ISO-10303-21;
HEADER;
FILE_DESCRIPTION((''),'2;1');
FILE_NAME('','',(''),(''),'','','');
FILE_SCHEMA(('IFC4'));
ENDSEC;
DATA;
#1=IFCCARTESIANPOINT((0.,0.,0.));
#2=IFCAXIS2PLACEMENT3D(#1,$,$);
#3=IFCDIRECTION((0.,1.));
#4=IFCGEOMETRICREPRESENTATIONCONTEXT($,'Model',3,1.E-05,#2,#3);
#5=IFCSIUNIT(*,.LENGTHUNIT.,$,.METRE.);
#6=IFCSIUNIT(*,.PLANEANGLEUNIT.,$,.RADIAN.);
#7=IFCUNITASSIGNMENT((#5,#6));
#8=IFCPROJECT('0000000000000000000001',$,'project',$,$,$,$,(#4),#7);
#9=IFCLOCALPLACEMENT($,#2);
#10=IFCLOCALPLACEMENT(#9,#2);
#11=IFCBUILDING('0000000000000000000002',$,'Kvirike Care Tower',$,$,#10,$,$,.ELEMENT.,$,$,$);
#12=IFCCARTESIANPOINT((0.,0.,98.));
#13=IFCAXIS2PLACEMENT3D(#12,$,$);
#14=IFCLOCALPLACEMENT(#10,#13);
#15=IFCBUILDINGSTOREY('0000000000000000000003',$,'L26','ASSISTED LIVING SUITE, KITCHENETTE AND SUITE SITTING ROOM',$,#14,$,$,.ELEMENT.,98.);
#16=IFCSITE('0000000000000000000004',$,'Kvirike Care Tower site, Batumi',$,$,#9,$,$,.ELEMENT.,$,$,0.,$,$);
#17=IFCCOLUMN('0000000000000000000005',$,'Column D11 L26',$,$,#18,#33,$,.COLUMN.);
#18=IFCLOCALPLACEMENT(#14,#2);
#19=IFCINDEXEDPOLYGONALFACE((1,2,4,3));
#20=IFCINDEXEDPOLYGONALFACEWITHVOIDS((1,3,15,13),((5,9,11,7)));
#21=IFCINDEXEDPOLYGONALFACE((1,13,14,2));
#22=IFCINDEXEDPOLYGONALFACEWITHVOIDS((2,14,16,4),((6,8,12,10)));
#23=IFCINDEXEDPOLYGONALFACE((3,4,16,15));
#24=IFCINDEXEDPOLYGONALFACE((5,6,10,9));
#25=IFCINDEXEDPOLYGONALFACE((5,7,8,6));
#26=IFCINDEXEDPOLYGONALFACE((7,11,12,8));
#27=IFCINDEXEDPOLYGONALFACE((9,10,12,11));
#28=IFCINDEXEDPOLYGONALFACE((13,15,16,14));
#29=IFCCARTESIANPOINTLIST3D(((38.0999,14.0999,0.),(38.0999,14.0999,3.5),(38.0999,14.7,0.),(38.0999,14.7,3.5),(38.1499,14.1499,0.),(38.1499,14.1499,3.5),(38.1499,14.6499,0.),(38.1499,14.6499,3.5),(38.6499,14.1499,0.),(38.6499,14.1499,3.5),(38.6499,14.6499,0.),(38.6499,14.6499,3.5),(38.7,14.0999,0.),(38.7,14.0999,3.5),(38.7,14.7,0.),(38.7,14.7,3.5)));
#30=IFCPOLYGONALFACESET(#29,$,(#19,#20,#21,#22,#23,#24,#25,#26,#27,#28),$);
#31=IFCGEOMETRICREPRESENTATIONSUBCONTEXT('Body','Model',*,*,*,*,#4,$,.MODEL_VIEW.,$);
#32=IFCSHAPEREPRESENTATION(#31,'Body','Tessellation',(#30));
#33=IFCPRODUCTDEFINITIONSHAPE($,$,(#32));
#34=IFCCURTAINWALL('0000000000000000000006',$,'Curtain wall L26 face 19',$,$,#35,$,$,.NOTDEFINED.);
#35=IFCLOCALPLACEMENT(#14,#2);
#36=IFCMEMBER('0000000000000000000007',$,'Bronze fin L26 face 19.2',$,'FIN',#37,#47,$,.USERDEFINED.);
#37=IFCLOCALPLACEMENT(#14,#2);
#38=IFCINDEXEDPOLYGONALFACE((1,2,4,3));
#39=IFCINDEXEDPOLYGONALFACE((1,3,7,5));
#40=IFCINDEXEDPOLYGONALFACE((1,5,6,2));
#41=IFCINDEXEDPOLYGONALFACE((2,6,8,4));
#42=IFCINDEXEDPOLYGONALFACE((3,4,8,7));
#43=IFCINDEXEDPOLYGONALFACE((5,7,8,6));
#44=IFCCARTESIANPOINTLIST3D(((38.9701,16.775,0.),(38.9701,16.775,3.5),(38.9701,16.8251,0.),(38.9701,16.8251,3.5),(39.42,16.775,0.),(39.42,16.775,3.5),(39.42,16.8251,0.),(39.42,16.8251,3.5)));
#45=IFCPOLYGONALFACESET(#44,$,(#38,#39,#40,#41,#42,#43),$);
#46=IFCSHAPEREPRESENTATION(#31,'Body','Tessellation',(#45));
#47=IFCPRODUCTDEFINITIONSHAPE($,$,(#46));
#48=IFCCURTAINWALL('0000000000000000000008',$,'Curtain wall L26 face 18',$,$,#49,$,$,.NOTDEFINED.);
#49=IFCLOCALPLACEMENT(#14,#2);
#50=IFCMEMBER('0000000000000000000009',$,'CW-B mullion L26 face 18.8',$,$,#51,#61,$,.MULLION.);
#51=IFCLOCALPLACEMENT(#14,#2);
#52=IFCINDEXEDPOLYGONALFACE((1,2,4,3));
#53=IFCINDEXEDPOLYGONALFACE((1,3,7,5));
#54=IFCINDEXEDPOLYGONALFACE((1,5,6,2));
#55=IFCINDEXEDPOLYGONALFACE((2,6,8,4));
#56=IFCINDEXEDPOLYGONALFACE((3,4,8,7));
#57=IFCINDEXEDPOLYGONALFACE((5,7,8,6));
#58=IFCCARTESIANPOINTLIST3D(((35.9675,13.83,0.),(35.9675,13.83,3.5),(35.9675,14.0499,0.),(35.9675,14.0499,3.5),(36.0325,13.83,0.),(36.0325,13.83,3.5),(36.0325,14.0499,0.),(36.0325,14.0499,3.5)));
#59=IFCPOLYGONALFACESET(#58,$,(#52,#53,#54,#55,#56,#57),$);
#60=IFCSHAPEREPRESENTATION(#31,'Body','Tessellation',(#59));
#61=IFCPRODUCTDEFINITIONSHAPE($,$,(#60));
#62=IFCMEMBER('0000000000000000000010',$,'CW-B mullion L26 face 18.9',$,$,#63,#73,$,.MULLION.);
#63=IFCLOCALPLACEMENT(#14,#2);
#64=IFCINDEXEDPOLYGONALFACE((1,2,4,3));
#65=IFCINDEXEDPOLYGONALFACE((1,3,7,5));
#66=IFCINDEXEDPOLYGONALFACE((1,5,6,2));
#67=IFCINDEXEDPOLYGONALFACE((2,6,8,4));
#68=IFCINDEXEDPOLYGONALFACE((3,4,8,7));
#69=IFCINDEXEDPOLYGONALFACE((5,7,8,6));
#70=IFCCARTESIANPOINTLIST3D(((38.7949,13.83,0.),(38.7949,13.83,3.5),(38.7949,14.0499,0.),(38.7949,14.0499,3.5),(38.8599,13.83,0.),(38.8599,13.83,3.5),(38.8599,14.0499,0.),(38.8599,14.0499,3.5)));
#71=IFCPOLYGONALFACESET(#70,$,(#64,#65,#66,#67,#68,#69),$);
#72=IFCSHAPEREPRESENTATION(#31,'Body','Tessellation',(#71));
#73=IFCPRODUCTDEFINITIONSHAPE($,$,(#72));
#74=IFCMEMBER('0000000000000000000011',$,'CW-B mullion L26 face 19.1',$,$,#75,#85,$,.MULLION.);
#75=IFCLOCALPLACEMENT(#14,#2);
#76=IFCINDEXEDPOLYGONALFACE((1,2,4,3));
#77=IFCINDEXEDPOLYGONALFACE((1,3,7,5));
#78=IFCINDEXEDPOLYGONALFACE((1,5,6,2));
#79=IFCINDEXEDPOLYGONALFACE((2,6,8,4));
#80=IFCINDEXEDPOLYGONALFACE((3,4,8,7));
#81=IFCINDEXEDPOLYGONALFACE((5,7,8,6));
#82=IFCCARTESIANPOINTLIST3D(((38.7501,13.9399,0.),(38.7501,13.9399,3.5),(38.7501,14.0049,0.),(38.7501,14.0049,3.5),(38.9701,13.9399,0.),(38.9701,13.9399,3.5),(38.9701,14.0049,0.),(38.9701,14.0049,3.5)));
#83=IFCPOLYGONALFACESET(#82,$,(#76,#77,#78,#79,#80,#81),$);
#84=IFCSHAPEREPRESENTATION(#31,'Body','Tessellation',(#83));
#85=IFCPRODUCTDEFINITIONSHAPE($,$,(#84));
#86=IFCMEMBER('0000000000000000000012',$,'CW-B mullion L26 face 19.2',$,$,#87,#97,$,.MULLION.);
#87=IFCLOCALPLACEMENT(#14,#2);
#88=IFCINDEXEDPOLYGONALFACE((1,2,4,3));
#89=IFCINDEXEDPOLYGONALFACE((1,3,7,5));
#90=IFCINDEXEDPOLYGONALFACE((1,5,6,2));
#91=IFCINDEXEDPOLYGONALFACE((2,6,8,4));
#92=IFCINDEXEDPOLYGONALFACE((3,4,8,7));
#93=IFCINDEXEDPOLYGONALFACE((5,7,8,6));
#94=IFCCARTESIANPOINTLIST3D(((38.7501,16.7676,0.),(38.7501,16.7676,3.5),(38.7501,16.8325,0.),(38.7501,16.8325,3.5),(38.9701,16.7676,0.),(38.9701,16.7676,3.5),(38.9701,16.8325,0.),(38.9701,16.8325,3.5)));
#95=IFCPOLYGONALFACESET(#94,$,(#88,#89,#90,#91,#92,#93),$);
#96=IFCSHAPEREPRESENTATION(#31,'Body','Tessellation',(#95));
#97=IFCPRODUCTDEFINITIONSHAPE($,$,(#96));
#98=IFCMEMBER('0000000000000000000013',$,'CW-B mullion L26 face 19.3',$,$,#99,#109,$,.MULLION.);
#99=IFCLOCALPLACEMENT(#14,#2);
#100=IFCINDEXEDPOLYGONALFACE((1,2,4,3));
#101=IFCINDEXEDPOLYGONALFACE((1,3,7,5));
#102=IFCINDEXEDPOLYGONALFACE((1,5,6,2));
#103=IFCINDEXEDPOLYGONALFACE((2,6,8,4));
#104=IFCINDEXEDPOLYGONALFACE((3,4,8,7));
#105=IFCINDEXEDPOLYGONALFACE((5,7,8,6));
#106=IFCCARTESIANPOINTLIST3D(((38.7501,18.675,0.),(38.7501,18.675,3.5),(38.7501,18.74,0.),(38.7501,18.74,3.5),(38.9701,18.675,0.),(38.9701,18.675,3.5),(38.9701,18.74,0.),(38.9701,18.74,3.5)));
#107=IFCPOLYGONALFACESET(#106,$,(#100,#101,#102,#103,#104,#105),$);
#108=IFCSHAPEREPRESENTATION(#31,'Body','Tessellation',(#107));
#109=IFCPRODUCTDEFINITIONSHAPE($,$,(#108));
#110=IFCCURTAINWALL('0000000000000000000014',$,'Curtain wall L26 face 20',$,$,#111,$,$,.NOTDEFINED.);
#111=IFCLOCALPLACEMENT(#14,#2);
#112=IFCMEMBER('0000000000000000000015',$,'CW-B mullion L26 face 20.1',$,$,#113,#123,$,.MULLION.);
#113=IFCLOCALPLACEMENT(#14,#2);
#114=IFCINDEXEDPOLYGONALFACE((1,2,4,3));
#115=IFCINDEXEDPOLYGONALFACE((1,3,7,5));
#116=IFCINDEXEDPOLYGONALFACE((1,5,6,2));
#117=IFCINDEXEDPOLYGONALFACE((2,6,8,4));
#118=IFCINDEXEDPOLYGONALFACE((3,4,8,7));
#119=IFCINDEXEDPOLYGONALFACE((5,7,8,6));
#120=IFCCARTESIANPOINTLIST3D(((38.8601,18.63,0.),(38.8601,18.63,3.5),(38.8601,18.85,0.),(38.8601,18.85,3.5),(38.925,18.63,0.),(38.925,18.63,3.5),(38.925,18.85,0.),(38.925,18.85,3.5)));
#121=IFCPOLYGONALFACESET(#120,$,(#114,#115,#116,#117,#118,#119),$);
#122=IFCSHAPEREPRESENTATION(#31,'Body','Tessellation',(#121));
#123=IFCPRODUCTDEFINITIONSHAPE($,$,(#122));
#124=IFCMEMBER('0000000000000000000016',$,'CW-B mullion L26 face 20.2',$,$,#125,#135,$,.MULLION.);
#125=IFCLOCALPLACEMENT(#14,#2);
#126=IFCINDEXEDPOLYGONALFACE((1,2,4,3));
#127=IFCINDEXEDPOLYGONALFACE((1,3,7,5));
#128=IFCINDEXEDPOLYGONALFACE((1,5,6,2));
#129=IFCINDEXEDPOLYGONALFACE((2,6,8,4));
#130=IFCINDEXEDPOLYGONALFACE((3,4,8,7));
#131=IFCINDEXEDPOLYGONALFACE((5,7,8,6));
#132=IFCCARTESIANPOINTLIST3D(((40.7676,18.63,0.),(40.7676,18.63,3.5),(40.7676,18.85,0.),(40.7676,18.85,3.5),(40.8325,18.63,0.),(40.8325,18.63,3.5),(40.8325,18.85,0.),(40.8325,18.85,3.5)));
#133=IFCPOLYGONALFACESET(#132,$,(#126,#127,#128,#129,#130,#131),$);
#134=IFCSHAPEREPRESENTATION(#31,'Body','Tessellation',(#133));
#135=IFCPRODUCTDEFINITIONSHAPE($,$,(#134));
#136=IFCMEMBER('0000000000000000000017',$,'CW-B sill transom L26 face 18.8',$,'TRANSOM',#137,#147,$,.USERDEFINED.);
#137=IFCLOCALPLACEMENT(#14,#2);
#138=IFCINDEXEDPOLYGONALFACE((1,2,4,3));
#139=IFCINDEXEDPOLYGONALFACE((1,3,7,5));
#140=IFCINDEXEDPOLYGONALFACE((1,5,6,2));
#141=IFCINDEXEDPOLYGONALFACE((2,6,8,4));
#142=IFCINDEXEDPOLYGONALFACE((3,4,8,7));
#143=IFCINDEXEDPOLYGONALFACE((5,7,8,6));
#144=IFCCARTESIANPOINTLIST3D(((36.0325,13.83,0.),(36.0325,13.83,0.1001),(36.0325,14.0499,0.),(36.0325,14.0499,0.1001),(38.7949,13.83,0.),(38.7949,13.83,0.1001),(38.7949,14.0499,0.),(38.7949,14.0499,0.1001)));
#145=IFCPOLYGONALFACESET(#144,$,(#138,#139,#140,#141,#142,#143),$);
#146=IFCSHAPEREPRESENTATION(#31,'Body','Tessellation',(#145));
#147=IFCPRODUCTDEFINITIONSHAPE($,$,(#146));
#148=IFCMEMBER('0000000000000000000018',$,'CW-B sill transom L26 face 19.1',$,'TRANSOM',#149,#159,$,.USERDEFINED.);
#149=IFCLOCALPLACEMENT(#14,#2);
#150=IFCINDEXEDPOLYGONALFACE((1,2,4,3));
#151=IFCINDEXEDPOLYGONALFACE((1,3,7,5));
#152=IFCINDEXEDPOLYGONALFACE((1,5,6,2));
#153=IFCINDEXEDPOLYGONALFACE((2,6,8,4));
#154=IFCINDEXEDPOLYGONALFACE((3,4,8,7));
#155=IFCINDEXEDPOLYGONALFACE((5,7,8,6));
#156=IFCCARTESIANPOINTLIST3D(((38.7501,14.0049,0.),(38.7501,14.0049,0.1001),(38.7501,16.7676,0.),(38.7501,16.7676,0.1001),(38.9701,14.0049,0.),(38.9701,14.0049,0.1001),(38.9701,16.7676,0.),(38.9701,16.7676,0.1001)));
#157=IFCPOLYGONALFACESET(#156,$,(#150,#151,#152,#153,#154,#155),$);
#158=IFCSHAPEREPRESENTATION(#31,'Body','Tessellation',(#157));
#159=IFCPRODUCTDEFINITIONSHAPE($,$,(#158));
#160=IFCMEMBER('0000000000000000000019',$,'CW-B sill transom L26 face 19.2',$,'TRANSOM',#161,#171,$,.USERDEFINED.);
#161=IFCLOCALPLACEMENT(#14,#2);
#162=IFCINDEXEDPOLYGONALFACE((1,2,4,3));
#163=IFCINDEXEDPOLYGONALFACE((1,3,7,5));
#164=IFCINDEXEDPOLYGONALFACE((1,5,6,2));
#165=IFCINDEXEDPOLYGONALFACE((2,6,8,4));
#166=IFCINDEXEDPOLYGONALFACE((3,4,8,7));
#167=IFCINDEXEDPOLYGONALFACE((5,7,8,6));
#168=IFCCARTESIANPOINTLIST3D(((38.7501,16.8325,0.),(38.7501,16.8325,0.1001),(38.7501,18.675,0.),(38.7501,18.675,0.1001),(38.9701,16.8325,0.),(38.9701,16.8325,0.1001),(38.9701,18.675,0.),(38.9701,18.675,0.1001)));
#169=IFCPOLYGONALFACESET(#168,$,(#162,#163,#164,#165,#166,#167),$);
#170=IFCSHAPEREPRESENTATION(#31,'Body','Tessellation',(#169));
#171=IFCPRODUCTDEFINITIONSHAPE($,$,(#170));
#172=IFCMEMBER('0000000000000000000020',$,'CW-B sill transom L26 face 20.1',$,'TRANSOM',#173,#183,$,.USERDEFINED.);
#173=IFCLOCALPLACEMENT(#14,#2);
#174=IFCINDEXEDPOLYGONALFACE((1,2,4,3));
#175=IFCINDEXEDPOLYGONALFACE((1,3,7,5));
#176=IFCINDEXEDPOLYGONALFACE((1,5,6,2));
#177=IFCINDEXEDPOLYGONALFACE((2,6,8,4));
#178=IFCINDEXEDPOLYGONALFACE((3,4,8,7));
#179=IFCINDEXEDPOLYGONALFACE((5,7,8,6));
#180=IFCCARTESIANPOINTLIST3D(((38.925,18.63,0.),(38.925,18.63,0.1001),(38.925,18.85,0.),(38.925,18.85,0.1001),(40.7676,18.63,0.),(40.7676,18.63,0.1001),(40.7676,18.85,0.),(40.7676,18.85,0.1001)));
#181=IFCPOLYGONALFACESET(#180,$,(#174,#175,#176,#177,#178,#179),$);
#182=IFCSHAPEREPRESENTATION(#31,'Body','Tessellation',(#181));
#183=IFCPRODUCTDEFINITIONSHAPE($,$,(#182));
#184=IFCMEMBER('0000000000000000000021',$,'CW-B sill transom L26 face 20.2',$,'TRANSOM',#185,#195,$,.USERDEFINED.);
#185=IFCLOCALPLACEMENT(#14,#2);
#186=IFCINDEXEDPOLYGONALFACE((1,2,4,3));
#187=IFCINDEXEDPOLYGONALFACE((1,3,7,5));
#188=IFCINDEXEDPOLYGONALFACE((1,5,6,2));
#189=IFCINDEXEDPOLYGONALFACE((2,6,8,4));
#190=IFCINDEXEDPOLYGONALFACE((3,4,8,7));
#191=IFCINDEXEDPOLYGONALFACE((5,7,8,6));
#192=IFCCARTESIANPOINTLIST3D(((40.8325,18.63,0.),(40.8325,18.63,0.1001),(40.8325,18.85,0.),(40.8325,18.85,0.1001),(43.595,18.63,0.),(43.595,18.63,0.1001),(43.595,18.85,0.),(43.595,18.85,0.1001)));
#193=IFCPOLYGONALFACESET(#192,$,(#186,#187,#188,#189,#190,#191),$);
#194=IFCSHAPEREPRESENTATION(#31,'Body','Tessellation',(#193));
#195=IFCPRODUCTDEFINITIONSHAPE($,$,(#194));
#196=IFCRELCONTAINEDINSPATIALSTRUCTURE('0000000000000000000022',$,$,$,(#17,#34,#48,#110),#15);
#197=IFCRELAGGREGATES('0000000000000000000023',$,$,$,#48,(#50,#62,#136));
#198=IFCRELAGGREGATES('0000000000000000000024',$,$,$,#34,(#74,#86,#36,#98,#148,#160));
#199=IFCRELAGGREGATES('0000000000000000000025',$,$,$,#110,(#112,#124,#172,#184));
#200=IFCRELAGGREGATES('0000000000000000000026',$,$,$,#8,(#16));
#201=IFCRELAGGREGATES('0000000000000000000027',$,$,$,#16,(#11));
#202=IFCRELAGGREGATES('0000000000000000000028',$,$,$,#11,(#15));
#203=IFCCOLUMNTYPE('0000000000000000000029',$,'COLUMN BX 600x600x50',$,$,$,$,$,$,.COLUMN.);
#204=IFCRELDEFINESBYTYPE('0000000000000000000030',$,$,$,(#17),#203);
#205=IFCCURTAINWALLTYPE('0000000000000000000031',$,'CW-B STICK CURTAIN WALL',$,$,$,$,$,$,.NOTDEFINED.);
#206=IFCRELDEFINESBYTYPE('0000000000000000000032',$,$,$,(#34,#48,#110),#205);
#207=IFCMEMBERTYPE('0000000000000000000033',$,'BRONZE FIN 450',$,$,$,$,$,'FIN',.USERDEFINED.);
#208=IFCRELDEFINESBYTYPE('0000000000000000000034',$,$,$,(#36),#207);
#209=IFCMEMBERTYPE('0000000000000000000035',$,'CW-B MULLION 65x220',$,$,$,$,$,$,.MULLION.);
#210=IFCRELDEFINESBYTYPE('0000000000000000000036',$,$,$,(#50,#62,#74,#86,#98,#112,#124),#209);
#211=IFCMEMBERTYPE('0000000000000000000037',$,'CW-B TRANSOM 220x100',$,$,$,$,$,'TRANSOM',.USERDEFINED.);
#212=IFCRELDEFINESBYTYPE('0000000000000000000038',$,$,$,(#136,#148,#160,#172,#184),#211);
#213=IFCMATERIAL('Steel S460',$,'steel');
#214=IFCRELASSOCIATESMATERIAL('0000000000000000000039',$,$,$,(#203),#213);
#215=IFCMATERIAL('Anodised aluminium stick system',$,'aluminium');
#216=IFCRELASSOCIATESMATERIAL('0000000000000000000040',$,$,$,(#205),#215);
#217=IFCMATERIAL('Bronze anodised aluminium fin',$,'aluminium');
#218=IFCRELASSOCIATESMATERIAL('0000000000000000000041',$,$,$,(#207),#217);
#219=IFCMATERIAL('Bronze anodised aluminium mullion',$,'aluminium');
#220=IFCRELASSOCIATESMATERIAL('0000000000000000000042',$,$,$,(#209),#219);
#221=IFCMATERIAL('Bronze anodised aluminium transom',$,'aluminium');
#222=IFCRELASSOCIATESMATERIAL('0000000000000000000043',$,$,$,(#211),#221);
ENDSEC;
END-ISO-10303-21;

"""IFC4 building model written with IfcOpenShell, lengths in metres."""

from ifc_helpers import new_model, si_unit, direction, frame, origin, origin_2d, place, context, subcontext, project, spatial, rectangle, hollow_rectangle, extrude, material, material_profile, profile_set, type_object, element, aggregate, save


model = new_model("IFC4")

# Units and contexts
model_context = context("Model", 3, precision=1e-05, world=origin(), true_north=direction((0.0, 1.0)))
body_context = subcontext(model_context, "Body", "Model", "MODEL_VIEW")
ifc_project = project(units=[si_unit("LENGTHUNIT", "METRE"), si_unit("PLANEANGLEUNIT", "RADIAN")], contexts=[model_context])

# Site, building, storey
site_placement = place(None, origin())
site = spatial("IfcSite", under=ifc_project, at=site_placement, Name="Kvirike Care Tower site, Batumi", CompositionType="ELEMENT", RefElevation=0.0)
building_placement = place(site_placement, origin())
building = spatial("IfcBuilding", under=site, at=building_placement, Name="Kvirike Care Tower", CompositionType="ELEMENT")
storey_placement = place(building_placement, frame((0.0, 0.0, 98.0)))
storey = spatial("IfcBuildingStorey", under=building, at=storey_placement, Name="L26", Description="ASSISTED LIVING SUITE, KITCHENETTE AND SUITE SITTING ROOM", CompositionType="ELEMENT", Elevation=98.0)

# Column
ifc_material_1 = material(Name="Steel S460", Category="steel")
ifc_material_profile_1 = material_profile(ifc_material_1, hollow_rectangle(XDim=0.6001, YDim=0.6001, WallThickness=0.05, at=origin_2d()), Name="BX 600x600x50")
ifc_profile_set_1 = profile_set([ifc_material_profile_1], Name="Steel S460")
column_type = type_object("IfcColumnType", Name="COLUMN BX 600x600x50", PredefinedType="COLUMN", material=ifc_profile_set_1)
column_placement = place(storey_placement, frame((38.3999, 14.3999, 0.0), z_axis=(0.0, 0.0, 1.0), x_axis=(0.0, 1.0, 0.0)))
element("IfcColumn", 1, at=column_placement, inside=storey, type_object=column_type, Name="Column D11 L26", PredefinedType="COLUMN", context=body_context, shape_type="SweptSolid", body=[
    extrude(hollow_rectangle(XDim=0.6001, YDim=0.6001, WallThickness=0.05, at=origin_2d()), origin(), (0.0, 0.0, 1.0), 3.5),
])

# Curtain wall, member
ifc_material_2 = material(Name="Anodised aluminium stick system", Category="aluminium")
curtain_wall_type = type_object("IfcCurtainWallType", Name="CW-B STICK CURTAIN WALL", PredefinedType="NOTDEFINED", material=ifc_material_2)
curtain_wall_1_placement = place(storey_placement, origin())
curtain_wall_1 = element("IfcCurtainWall", 2, at=curtain_wall_1_placement, inside=storey, type_object=curtain_wall_type, Name="Curtain wall L26 face 19", PredefinedType="NOTDEFINED")
ifc_material_3 = material(Name="Bronze anodised aluminium fin", Category="aluminium")
ifc_material_profile_2 = material_profile(ifc_material_3, rectangle(XDim=0.05, YDim=0.45, at=origin_2d()), Name="BRONZE FIN 450")
ifc_profile_set_2 = profile_set([ifc_material_profile_2], Name="Bronze anodised aluminium fin")
member_type_1 = type_object("IfcMemberType", Name="BRONZE FIN 450", ElementType="FIN", PredefinedType="USERDEFINED", material=ifc_profile_set_2)
member_1_placement = place(storey_placement, frame((39.1951, 16.8, 0.0), z_axis=(0.0, 0.0, 1.0), x_axis=(0.0, 1.0, 0.0)))
member_1 = element("IfcMember", 3, at=member_1_placement, type_object=member_type_1, Name="Bronze fin L26 face 19.2", ObjectType="FIN", PredefinedType="USERDEFINED", context=body_context, shape_type="SweptSolid", body=[
    extrude(rectangle(XDim=0.05, YDim=0.45, at=origin_2d()), origin(), (0.0, 0.0, 1.0), 3.5),
])

# Curtain wall, members
curtain_wall_2_placement = place(storey_placement, origin())
curtain_wall_2 = element("IfcCurtainWall", 4, at=curtain_wall_2_placement, inside=storey, type_object=curtain_wall_type, Name="Curtain wall L26 face 18", PredefinedType="NOTDEFINED")
ifc_material_4 = material(Name="Bronze anodised aluminium mullion", Category="aluminium")
ifc_material_profile_3 = material_profile(ifc_material_4, rectangle(XDim=0.0649, YDim=0.22, at=origin_2d()), Name="CW-B MULLION 65x220")
ifc_profile_set_3 = profile_set([ifc_material_profile_3], Name="Bronze anodised aluminium mullion")
member_type_2 = type_object("IfcMemberType", Name="CW-B MULLION 65x220", PredefinedType="MULLION", material=ifc_profile_set_3)
member_2_placement = place(storey_placement, frame((36.0, 13.9399, 0.0), z_axis=(0.0, 0.0, 1.0), x_axis=(1.0, 0.0, 0.0)))
member_2 = element("IfcMember", 5, at=member_2_placement, type_object=member_type_2, Name="CW-B mullion L26 face 18.8", PredefinedType="MULLION", context=body_context, shape_type="SweptSolid", body=[
    extrude(rectangle(XDim=0.0649, YDim=0.22, at=origin_2d()), origin(), (0.0, 0.0, 1.0), 3.5),
])
member_3_placement = place(storey_placement, frame((38.8274, 13.9399, 0.0), z_axis=(0.0, 0.0, 1.0), x_axis=(1.0, 0.0, 0.0)))
member_3 = element("IfcMember", 6, at=member_3_placement, type_object=member_type_2, Name="CW-B mullion L26 face 18.9", PredefinedType="MULLION", context=body_context, shape_type="SweptSolid", body=[
    extrude(rectangle(XDim=0.0649, YDim=0.22, at=origin_2d()), origin(), (0.0, 0.0, 1.0), 3.5),
])

# Members
member_4_placement = place(storey_placement, frame((38.8601, 13.9724, 0.0), z_axis=(0.0, 0.0, 1.0), x_axis=(0.0, 1.0, 0.0)))
member_4 = element("IfcMember", 7, at=member_4_placement, type_object=member_type_2, Name="CW-B mullion L26 face 19.1", PredefinedType="MULLION", context=body_context, shape_type="SweptSolid", body=[
    extrude(rectangle(XDim=0.0649, YDim=0.22, at=origin_2d()), origin(), (0.0, 0.0, 1.0), 3.5),
])
member_5_placement = place(storey_placement, frame((38.8601, 16.8, 0.0), z_axis=(0.0, 0.0, 1.0), x_axis=(0.0, 1.0, 0.0)))
member_5 = element("IfcMember", 8, at=member_5_placement, type_object=member_type_2, Name="CW-B mullion L26 face 19.2", PredefinedType="MULLION", context=body_context, shape_type="SweptSolid", body=[
    extrude(rectangle(XDim=0.0649, YDim=0.22, at=origin_2d()), origin(), (0.0, 0.0, 1.0), 3.5),
])
member_6_placement = place(storey_placement, frame((38.8601, 18.7075, 0.0), z_axis=(0.0, 0.0, 1.0), x_axis=(0.0, 1.0, 0.0)))
member_6 = element("IfcMember", 9, at=member_6_placement, type_object=member_type_2, Name="CW-B mullion L26 face 19.3", PredefinedType="MULLION", context=body_context, shape_type="SweptSolid", body=[
    extrude(rectangle(XDim=0.0649, YDim=0.22, at=origin_2d()), origin(), (0.0, 0.0, 1.0), 3.5),
])

# Curtain wall, members
curtain_wall_3_placement = place(storey_placement, origin())
curtain_wall_3 = element("IfcCurtainWall", 10, at=curtain_wall_3_placement, inside=storey, type_object=curtain_wall_type, Name="Curtain wall L26 face 20", PredefinedType="NOTDEFINED")
member_7_placement = place(storey_placement, frame((38.8926, 18.74, 0.0), z_axis=(0.0, 0.0, 1.0), x_axis=(1.0, 0.0, 0.0)))
member_7 = element("IfcMember", 11, at=member_7_placement, type_object=member_type_2, Name="CW-B mullion L26 face 20.1", PredefinedType="MULLION", context=body_context, shape_type="SweptSolid", body=[
    extrude(rectangle(XDim=0.0649, YDim=0.22, at=origin_2d()), origin(), (0.0, 0.0, 1.0), 3.5),
])
member_8_placement = place(storey_placement, frame((40.8, 18.74, 0.0), z_axis=(0.0, 0.0, 1.0), x_axis=(1.0, 0.0, 0.0)))
member_8 = element("IfcMember", 12, at=member_8_placement, type_object=member_type_2, Name="CW-B mullion L26 face 20.2", PredefinedType="MULLION", context=body_context, shape_type="SweptSolid", body=[
    extrude(rectangle(XDim=0.0649, YDim=0.22, at=origin_2d()), origin(), (0.0, 0.0, 1.0), 3.5),
])

# Members
ifc_material_5 = material(Name="Bronze anodised aluminium transom", Category="aluminium")
ifc_material_profile_4 = material_profile(ifc_material_5, rectangle(XDim=0.22, YDim=0.1001, at=origin_2d()), Name="CW-B TRANSOM 220x100")
ifc_profile_set_4 = profile_set([ifc_material_profile_4], Name="Bronze anodised aluminium transom")
member_type_3 = type_object("IfcMemberType", Name="CW-B TRANSOM 220x100", ElementType="TRANSOM", PredefinedType="USERDEFINED", material=ifc_profile_set_4)
member_9_placement = place(storey_placement, frame((36.0325, 13.9399, 0.05), z_axis=(1.0, 0.0, 0.0), x_axis=(0.0, 1.0, 0.0)))
member_9 = element("IfcMember", 13, at=member_9_placement, type_object=member_type_3, Name="CW-B sill transom L26 face 18.8", ObjectType="TRANSOM", PredefinedType="USERDEFINED", context=body_context, shape_type="SweptSolid", body=[
    extrude(rectangle(XDim=0.22, YDim=0.1001, at=origin_2d()), origin(), (0.0, 0.0, 1.0), 2.7625),
])
member_10_placement = place(storey_placement, frame((38.8601, 14.0049, 0.05), z_axis=(0.0, 1.0, 0.0), x_axis=(-1.0, 0.0, 0.0)))
member_10 = element("IfcMember", 14, at=member_10_placement, type_object=member_type_3, Name="CW-B sill transom L26 face 19.1", ObjectType="TRANSOM", PredefinedType="USERDEFINED", context=body_context, shape_type="SweptSolid", body=[
    extrude(rectangle(XDim=0.22, YDim=0.1001, at=origin_2d()), origin(), (0.0, 0.0, 1.0), 2.7627),
])
member_11_placement = place(storey_placement, frame((38.8601, 16.8325, 0.05), z_axis=(0.0, 1.0, 0.0), x_axis=(-1.0, 0.0, 0.0)))
member_11 = element("IfcMember", 15, at=member_11_placement, type_object=member_type_3, Name="CW-B sill transom L26 face 19.2", ObjectType="TRANSOM", PredefinedType="USERDEFINED", context=body_context, shape_type="SweptSolid", body=[
    extrude(rectangle(XDim=0.22, YDim=0.1001, at=origin_2d()), origin(), (0.0, 0.0, 1.0), 1.8425),
])
member_12_placement = place(storey_placement, frame((38.925, 18.74, 0.05), z_axis=(1.0, 0.0, 0.0), x_axis=(0.0, 1.0, 0.0)))
member_12 = element("IfcMember", 16, at=member_12_placement, type_object=member_type_3, Name="CW-B sill transom L26 face 20.1", ObjectType="TRANSOM", PredefinedType="USERDEFINED", context=body_context, shape_type="SweptSolid", body=[
    extrude(rectangle(XDim=0.22, YDim=0.1001, at=origin_2d()), origin(), (0.0, 0.0, 1.0), 1.8425),
])
member_13_placement = place(storey_placement, frame((40.8325, 18.74, 0.05), z_axis=(1.0, 0.0, 0.0), x_axis=(0.0, 1.0, 0.0)))
member_13 = element("IfcMember", 17, at=member_13_placement, type_object=member_type_3, Name="CW-B sill transom L26 face 20.2", ObjectType="TRANSOM", PredefinedType="USERDEFINED", context=body_context, shape_type="SweptSolid", body=[
    extrude(rectangle(XDim=0.22, YDim=0.1001, at=origin_2d()), origin(), (0.0, 0.0, 1.0), 2.7625),
])

aggregate(curtain_wall_2, [member_2, member_3, member_9])
aggregate(curtain_wall_1, [member_4, member_5, member_1, member_6, member_10, member_11])
aggregate(curtain_wall_3, [member_7, member_8, member_12, member_13])

save(model, "model.ifc")
